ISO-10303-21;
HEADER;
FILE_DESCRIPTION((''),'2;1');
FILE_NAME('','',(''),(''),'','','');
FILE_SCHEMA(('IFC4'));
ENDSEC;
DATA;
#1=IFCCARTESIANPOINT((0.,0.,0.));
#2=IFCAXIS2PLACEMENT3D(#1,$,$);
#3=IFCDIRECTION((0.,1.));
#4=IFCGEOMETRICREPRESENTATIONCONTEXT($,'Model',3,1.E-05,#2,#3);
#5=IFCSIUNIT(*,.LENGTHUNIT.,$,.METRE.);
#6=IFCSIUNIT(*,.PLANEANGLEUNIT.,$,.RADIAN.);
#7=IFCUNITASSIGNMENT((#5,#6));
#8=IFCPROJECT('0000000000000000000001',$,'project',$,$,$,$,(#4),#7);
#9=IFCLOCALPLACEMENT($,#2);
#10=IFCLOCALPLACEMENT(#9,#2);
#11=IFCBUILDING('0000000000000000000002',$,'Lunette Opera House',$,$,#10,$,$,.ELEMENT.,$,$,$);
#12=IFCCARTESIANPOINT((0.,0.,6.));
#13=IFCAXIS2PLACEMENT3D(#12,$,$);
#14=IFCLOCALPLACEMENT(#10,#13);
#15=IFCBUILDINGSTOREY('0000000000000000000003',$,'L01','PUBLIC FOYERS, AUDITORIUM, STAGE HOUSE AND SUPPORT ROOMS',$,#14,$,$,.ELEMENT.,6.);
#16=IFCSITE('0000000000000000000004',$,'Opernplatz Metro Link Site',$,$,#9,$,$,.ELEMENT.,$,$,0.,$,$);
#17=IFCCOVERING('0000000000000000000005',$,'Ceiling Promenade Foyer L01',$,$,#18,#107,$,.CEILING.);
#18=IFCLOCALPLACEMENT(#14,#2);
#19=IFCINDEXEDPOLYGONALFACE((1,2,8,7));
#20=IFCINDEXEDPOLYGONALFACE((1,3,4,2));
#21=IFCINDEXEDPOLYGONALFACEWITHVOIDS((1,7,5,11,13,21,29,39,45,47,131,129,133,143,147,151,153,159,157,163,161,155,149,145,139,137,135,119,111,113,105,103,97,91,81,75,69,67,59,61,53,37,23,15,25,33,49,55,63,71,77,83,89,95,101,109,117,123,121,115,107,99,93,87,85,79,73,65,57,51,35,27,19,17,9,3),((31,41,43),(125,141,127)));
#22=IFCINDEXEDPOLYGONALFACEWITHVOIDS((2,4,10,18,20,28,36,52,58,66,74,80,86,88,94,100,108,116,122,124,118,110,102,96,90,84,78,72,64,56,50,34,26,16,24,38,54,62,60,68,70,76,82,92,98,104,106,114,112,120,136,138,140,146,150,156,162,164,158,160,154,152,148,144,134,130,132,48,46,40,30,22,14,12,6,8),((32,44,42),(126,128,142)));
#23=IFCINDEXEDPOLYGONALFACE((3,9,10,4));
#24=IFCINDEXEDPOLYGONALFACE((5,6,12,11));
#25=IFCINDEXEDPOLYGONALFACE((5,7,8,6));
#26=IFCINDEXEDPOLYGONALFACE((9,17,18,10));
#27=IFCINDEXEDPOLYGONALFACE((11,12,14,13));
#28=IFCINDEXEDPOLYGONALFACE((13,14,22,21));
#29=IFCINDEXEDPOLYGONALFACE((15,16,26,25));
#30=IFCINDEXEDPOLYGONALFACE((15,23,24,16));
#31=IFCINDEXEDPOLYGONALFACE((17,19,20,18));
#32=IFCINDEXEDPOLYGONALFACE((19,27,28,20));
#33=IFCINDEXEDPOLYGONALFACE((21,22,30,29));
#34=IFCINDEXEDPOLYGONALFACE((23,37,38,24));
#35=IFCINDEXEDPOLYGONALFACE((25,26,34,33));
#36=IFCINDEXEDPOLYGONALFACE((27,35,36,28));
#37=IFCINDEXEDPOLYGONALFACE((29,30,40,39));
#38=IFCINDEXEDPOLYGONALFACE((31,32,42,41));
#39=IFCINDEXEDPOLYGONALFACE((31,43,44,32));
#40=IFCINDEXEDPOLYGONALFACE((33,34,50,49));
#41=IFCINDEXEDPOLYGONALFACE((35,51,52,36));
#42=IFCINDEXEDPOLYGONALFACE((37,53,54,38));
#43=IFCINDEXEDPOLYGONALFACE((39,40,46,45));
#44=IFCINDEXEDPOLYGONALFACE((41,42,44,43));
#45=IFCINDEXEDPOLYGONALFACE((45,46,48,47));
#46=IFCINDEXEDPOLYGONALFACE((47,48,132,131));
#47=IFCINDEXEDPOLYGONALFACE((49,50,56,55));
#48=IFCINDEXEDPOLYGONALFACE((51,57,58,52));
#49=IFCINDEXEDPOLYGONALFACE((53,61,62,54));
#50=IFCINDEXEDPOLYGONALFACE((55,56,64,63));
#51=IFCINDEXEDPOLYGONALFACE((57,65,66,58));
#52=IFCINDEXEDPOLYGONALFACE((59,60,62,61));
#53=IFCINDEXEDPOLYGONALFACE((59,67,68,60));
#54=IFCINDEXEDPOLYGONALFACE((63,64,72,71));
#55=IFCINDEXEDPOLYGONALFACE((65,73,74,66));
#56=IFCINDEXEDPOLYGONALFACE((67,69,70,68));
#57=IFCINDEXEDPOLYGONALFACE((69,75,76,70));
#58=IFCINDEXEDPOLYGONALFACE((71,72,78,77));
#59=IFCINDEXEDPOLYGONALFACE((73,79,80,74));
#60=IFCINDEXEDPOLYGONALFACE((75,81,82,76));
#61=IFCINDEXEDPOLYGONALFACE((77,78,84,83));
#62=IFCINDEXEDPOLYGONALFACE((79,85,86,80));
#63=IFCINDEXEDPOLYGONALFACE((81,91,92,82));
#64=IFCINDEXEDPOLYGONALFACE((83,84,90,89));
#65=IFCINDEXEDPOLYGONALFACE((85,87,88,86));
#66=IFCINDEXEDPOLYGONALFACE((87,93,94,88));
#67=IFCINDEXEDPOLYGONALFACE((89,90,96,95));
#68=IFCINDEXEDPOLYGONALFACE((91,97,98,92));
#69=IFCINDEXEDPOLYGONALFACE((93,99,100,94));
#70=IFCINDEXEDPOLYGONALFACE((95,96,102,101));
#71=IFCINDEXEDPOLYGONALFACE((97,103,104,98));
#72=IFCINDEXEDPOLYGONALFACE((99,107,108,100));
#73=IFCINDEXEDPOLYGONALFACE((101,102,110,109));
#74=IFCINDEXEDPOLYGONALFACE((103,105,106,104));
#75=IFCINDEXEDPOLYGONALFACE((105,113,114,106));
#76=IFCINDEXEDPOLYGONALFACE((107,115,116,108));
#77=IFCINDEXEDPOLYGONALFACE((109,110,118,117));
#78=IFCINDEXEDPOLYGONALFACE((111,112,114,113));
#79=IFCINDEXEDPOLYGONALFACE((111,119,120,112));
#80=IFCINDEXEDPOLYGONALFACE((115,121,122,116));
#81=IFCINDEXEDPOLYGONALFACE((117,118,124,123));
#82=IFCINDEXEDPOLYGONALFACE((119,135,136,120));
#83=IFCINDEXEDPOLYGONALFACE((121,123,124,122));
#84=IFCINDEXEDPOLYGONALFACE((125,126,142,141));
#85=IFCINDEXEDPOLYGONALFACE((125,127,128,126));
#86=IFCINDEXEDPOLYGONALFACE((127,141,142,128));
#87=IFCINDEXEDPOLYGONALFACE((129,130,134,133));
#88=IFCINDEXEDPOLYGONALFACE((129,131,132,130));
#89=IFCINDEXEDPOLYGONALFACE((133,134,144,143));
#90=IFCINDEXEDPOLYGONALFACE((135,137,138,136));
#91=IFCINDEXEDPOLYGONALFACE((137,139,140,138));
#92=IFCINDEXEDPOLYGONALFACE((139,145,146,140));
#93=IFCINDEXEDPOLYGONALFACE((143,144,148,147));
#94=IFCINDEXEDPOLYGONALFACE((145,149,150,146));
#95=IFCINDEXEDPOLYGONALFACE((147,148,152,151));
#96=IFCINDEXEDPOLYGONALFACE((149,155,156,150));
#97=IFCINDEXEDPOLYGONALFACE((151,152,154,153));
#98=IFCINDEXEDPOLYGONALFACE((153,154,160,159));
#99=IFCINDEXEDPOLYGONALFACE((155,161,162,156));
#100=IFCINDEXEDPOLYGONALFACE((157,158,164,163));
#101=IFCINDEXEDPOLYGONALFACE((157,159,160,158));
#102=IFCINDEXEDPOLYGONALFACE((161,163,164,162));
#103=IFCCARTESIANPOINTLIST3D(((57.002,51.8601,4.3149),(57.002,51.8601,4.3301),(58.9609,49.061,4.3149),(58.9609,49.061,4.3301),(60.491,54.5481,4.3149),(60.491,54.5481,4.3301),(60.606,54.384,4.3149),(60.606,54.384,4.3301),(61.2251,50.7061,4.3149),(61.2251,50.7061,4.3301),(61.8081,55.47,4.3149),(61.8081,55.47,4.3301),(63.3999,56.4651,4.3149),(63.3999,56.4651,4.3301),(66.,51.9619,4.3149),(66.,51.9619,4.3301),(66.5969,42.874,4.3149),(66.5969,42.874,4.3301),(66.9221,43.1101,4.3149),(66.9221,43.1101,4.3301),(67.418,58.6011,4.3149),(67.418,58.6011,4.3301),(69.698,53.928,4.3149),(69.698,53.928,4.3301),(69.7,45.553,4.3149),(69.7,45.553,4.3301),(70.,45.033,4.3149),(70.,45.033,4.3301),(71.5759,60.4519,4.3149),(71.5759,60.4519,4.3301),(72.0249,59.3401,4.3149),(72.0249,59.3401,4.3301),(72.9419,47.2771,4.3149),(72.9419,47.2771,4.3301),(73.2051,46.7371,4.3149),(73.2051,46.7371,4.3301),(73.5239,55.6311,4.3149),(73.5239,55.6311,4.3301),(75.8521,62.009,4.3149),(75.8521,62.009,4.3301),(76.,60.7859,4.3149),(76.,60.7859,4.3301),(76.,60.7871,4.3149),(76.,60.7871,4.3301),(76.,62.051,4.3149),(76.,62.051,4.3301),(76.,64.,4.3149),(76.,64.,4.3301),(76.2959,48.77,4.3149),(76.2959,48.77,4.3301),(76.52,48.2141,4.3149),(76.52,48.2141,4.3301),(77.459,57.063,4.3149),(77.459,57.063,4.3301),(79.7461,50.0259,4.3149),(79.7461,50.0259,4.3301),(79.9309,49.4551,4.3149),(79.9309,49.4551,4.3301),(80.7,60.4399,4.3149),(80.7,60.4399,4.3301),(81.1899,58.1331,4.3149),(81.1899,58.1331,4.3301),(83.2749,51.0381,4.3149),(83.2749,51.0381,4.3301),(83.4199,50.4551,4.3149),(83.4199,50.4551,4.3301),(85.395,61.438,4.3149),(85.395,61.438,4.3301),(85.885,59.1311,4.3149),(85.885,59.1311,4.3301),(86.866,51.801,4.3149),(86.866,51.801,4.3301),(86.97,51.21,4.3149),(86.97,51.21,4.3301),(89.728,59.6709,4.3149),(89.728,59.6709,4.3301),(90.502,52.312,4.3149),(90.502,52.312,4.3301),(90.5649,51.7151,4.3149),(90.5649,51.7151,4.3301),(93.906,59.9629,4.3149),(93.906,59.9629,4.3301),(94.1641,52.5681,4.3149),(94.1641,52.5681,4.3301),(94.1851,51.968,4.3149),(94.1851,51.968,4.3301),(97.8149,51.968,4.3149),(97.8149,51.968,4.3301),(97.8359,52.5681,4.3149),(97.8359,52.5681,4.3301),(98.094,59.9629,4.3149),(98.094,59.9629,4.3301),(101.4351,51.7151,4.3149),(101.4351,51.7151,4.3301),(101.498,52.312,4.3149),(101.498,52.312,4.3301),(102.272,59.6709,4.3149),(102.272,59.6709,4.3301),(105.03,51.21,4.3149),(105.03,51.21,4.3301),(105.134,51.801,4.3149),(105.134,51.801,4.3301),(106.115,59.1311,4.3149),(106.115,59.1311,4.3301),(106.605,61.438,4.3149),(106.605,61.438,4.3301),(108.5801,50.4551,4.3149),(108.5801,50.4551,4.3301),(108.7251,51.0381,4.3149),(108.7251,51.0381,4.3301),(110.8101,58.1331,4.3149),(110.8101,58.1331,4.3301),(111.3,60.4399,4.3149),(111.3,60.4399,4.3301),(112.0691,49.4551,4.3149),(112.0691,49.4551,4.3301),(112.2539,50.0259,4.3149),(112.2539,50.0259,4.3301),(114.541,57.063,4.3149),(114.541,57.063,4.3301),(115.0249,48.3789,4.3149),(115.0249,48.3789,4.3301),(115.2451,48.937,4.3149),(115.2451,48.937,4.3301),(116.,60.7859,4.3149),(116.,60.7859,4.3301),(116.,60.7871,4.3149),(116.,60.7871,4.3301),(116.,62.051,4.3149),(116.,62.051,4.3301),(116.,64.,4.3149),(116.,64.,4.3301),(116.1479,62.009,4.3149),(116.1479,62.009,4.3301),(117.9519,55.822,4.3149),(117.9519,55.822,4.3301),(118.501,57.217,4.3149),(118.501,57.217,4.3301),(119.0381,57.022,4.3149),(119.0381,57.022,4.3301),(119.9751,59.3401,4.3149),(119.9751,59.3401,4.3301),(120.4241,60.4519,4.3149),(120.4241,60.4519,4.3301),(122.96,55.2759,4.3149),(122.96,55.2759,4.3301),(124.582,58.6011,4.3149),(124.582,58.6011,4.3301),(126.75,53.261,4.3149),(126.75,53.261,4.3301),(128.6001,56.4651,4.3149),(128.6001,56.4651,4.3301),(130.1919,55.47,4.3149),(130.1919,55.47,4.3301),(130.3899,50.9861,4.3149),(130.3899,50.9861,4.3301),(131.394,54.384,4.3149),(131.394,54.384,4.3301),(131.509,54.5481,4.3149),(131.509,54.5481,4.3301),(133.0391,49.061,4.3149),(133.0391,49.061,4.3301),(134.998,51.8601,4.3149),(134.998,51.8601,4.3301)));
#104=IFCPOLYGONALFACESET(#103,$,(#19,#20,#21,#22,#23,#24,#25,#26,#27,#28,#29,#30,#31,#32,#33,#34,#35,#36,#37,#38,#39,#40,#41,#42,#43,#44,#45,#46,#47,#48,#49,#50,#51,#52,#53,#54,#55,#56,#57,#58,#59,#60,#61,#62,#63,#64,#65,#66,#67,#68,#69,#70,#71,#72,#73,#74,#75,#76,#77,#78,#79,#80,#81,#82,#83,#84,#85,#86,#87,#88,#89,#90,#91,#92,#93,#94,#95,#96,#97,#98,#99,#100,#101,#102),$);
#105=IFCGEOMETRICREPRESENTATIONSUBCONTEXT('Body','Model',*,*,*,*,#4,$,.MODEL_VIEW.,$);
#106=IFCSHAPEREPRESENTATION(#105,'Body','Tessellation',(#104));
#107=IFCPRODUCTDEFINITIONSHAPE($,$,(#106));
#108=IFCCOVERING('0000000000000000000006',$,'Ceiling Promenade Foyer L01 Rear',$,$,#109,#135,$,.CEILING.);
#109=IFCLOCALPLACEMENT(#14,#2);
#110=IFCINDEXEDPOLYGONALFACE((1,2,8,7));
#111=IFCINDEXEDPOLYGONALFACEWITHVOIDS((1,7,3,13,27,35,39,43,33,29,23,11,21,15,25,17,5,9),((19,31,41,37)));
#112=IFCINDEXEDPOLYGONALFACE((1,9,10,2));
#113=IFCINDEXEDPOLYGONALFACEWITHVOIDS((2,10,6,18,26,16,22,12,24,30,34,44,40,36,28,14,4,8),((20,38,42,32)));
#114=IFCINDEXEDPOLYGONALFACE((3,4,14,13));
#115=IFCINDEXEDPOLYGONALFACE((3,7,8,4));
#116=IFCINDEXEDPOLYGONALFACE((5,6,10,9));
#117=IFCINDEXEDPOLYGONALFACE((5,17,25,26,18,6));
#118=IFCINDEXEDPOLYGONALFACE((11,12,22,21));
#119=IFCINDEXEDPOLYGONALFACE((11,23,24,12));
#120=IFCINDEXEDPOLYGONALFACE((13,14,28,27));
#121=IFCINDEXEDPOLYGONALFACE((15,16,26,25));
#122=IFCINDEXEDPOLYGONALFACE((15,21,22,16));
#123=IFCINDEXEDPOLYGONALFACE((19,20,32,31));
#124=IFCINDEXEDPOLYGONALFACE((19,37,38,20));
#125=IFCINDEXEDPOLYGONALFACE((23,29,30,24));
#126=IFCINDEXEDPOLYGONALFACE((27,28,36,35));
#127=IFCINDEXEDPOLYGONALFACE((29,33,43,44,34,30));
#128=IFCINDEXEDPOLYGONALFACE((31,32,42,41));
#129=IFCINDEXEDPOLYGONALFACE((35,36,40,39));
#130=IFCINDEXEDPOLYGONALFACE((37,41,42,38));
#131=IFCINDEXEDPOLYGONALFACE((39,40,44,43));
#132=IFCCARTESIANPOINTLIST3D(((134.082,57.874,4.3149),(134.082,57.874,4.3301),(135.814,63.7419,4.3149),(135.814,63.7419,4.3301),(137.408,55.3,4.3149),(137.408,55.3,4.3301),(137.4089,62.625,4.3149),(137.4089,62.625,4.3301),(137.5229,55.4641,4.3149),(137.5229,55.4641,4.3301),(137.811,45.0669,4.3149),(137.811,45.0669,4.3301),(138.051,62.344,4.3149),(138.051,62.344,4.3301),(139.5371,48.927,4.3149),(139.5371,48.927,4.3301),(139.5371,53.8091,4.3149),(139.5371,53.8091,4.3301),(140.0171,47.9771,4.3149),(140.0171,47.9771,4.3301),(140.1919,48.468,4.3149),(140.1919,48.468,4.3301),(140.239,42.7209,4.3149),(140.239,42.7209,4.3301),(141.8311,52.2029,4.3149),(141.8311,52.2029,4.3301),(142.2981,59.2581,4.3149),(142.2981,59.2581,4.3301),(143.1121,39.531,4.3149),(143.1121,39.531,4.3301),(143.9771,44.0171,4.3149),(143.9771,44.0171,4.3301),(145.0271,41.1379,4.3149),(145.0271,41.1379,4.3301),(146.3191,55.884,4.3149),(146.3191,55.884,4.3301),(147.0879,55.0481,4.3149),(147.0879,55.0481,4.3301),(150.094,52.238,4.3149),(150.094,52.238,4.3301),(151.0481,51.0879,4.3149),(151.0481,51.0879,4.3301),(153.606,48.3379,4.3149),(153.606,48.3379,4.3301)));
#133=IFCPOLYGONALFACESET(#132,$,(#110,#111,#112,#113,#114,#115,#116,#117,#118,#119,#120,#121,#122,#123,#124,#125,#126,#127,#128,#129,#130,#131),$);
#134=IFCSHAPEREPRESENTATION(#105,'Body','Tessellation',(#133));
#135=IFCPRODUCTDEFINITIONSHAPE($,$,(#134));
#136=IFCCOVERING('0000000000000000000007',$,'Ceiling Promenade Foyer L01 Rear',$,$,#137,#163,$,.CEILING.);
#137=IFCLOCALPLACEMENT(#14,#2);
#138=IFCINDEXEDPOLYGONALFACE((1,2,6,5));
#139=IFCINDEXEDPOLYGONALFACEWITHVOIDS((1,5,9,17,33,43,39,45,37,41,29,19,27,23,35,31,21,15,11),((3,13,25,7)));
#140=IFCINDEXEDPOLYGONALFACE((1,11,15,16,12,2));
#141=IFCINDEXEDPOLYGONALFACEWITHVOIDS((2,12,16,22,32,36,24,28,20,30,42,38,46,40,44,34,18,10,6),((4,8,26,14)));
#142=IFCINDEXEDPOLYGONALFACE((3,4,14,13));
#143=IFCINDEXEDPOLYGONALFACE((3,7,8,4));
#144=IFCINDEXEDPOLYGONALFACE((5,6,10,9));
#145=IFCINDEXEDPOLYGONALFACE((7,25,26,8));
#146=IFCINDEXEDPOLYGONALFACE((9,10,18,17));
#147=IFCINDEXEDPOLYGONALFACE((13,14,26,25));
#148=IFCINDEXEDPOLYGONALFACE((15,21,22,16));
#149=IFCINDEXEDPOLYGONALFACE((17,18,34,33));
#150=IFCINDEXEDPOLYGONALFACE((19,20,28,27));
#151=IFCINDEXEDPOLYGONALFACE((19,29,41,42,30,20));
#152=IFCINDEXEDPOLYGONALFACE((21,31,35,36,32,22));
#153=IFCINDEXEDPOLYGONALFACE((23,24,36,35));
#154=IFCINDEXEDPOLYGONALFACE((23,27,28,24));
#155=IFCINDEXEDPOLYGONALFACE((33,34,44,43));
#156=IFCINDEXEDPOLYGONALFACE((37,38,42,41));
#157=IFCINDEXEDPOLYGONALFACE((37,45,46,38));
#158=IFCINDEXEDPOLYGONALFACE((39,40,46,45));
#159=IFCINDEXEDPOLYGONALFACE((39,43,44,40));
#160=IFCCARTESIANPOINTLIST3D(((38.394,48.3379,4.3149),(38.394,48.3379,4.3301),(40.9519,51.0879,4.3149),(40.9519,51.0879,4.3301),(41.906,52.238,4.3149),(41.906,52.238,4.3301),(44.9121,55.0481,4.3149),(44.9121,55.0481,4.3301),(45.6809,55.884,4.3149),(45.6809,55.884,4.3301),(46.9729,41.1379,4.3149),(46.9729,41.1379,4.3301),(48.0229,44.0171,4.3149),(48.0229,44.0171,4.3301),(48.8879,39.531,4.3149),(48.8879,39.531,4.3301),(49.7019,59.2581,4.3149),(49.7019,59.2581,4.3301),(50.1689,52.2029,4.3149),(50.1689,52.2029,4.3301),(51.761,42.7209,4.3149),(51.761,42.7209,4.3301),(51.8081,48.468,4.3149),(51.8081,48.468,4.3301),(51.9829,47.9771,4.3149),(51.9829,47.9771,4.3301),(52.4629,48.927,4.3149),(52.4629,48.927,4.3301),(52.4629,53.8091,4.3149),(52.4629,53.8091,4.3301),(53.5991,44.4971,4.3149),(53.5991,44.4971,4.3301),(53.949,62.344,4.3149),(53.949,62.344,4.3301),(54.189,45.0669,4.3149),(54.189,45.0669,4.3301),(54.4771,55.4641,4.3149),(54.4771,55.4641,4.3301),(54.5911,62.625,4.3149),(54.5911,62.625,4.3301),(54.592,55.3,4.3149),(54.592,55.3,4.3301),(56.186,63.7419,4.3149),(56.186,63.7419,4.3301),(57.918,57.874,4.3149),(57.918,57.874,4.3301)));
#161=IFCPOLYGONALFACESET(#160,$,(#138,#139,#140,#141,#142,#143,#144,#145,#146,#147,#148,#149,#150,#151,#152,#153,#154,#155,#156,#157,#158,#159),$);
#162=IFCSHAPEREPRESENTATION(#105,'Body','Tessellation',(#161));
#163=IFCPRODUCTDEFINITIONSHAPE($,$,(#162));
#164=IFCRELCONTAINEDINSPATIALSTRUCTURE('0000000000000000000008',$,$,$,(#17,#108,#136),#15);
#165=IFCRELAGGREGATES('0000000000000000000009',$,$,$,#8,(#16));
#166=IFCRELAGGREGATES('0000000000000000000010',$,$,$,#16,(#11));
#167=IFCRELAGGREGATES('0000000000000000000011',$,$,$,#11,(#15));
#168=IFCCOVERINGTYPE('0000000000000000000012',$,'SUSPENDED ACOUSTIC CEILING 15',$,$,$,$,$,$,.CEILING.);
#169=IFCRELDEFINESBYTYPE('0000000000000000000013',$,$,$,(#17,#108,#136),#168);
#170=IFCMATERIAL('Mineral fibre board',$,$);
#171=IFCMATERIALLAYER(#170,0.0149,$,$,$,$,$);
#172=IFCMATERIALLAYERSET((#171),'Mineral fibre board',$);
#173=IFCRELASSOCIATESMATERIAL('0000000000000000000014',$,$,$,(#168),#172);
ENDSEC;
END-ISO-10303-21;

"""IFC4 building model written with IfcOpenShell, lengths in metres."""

from ifc_helpers import new_model, si_unit, direction, frame, origin, place, context, subcontext, project, spatial, polyline, outline, extrude, material, layer, layer_set, type_object, element, save


model = new_model("IFC4")

# Units and contexts
model_context = context("Model", 3, precision=1e-05, world=origin(), true_north=direction((0.0, 1.0)))
body_context = subcontext(model_context, "Body", "Model", "MODEL_VIEW")
ifc_project = project(units=[si_unit("LENGTHUNIT", "METRE"), si_unit("PLANEANGLEUNIT", "RADIAN")], contexts=[model_context])

# Site, building, storey
site_placement = place(None, origin())
site = spatial("IfcSite", under=ifc_project, at=site_placement, Name="Opernplatz Metro Link Site", CompositionType="ELEMENT", RefElevation=0.0)
building_placement = place(site_placement, origin())
building = spatial("IfcBuilding", under=site, at=building_placement, Name="Lunette Opera House", CompositionType="ELEMENT")
storey_placement = place(building_placement, frame((0.0, 0.0, 6.0)))
storey = spatial("IfcBuildingStorey", under=building, at=storey_placement, Name="L01", Description="PUBLIC FOYERS, AUDITORIUM, STAGE HOUSE AND SUPPORT ROOMS", CompositionType="ELEMENT", Elevation=6.0)

# Coverings
ifc_material_1 = material(Name="Mineral fibre board")
ifc_layer_1 = layer(ifc_material_1, 0.0149)
ifc_layer_set_1 = layer_set([ifc_layer_1], Name="Mineral fibre board")
covering_type = type_object("IfcCoveringType", Name="SUSPENDED ACOUSTIC CEILING 15", PredefinedType="CEILING", material=ifc_layer_set_1)
covering_1_placement = place(storey_placement, frame((0.0, 0.0, 4.3149)))
element("IfcCovering", 1, at=covering_1_placement, inside=storey, type_object=covering_type, Name="Ceiling Promenade Foyer L01", PredefinedType="CEILING", context=body_context, shape_type="SweptSolid", body=[
    extrude(outline(polyline([(63.3999, 56.4651), (67.418, 58.6011), (71.5759, 60.4519), (75.8521, 62.009), (76.0, 62.051), (76.0, 64.0), (116.0, 64.0), (116.0, 62.051), (116.1479, 62.009), (120.4241, 60.4519), (124.582, 58.6011), (128.6001, 56.4651), (130.1919, 55.47), (131.509, 54.5481), (131.394, 54.384), (134.998, 51.8601), (133.0391, 49.061), (130.3899, 50.9861), (126.75, 53.261), (122.96, 55.2759), (119.0381, 57.022), (118.501, 57.217), (117.9519, 55.822), (114.541, 57.063), (110.8101, 58.1331), (111.3, 60.4399), (106.605, 61.438), (106.115, 59.1311), (102.272, 59.6709), (98.094, 59.9629), (93.906, 59.9629), (89.728, 59.6709), (85.885, 59.1311), (85.395, 61.438), (80.7, 60.4399), (81.1899, 58.1331), (77.459, 57.063), (73.5239, 55.6311), (69.698, 53.928), (66.0, 51.9619), (69.7, 45.553), (72.9419, 47.2771), (76.2959, 48.77), (79.7461, 50.0259), (83.2749, 51.0381), (86.866, 51.801), (90.502, 52.312), (94.1641, 52.5681), (97.8359, 52.5681), (101.498, 52.312), (105.134, 51.801), (108.7251, 51.0381), (112.2539, 50.0259), (115.2451, 48.937), (115.0249, 48.3789), (112.0691, 49.4551), (108.5801, 50.4551), (105.03, 51.21), (101.4351, 51.7151), (97.8149, 51.968), (94.1851, 51.968), (90.5649, 51.7151), (86.97, 51.21), (83.4199, 50.4551), (79.9309, 49.4551), (76.52, 48.2141), (73.2051, 46.7371), (70.0, 45.033), (66.9221, 43.1101), (66.5969, 42.874), (61.2251, 50.7061), (58.9609, 49.061), (57.002, 51.8601), (60.606, 54.384), (60.491, 54.5481), (61.8081, 55.47), (63.3999, 56.4651)]), holes=[polyline([(116.0, 60.7859), (119.9751, 59.3401), (116.0, 60.7871), (116.0, 60.7859)]), polyline([(72.0249, 59.3401), (76.0, 60.7859), (76.0, 60.7871), (72.0249, 59.3401)])]), origin(), (0.0, 0.0, 1.0), 0.0151),
])
covering_2_placement = place(storey_placement, frame((0.0, 0.0, 4.3149)))
element("IfcCovering", 2, at=covering_2_placement, inside=storey, type_object=covering_type, Name="Ceiling Promenade Foyer L01 Rear", PredefinedType="CEILING", context=body_context, shape_type="SweptSolid", body=[
    extrude(outline(polyline([(141.8311, 52.2029), (139.5371, 53.8091), (137.408, 55.3), (137.5229, 55.4641), (134.082, 57.874), (137.4089, 62.625), (135.814, 63.7419), (138.051, 62.344), (142.2981, 59.2581), (146.3191, 55.884), (150.094, 52.238), (153.606, 48.3379), (145.0271, 41.1379), (143.1121, 39.531), (140.239, 42.7209), (137.811, 45.0669), (140.1919, 48.468), (139.5371, 48.927), (141.8311, 52.2029)]), holes=[polyline([(151.0481, 51.0879), (147.0879, 55.0481), (140.0171, 47.9771), (143.9771, 44.0171), (151.0481, 51.0879)])]), origin(), (0.0, 0.0, 1.0), 0.0151),
])
covering_3_placement = place(storey_placement, frame((0.0, 0.0, 4.3149)))
element("IfcCovering", 3, at=covering_3_placement, inside=storey, type_object=covering_type, Name="Ceiling Promenade Foyer L01 Rear", PredefinedType="CEILING", context=body_context, shape_type="SweptSolid", body=[
    extrude(outline(polyline([(51.8081, 48.468), (54.189, 45.0669), (53.5991, 44.4971), (51.761, 42.7209), (48.8879, 39.531), (46.9729, 41.1379), (38.394, 48.3379), (41.906, 52.238), (45.6809, 55.884), (49.7019, 59.2581), (53.949, 62.344), (56.186, 63.7419), (54.5911, 62.625), (57.918, 57.874), (54.4771, 55.4641), (54.592, 55.3), (52.4629, 53.8091), (50.1689, 52.2029), (52.4629, 48.927), (51.8081, 48.468)]), holes=[polyline([(44.9121, 55.0481), (40.9519, 51.0879), (48.0229, 44.0171), (51.9829, 47.9771), (44.9121, 55.0481)])]), origin(), (0.0, 0.0, 1.0), 0.0151),
])

save(model, "model.ifc")
